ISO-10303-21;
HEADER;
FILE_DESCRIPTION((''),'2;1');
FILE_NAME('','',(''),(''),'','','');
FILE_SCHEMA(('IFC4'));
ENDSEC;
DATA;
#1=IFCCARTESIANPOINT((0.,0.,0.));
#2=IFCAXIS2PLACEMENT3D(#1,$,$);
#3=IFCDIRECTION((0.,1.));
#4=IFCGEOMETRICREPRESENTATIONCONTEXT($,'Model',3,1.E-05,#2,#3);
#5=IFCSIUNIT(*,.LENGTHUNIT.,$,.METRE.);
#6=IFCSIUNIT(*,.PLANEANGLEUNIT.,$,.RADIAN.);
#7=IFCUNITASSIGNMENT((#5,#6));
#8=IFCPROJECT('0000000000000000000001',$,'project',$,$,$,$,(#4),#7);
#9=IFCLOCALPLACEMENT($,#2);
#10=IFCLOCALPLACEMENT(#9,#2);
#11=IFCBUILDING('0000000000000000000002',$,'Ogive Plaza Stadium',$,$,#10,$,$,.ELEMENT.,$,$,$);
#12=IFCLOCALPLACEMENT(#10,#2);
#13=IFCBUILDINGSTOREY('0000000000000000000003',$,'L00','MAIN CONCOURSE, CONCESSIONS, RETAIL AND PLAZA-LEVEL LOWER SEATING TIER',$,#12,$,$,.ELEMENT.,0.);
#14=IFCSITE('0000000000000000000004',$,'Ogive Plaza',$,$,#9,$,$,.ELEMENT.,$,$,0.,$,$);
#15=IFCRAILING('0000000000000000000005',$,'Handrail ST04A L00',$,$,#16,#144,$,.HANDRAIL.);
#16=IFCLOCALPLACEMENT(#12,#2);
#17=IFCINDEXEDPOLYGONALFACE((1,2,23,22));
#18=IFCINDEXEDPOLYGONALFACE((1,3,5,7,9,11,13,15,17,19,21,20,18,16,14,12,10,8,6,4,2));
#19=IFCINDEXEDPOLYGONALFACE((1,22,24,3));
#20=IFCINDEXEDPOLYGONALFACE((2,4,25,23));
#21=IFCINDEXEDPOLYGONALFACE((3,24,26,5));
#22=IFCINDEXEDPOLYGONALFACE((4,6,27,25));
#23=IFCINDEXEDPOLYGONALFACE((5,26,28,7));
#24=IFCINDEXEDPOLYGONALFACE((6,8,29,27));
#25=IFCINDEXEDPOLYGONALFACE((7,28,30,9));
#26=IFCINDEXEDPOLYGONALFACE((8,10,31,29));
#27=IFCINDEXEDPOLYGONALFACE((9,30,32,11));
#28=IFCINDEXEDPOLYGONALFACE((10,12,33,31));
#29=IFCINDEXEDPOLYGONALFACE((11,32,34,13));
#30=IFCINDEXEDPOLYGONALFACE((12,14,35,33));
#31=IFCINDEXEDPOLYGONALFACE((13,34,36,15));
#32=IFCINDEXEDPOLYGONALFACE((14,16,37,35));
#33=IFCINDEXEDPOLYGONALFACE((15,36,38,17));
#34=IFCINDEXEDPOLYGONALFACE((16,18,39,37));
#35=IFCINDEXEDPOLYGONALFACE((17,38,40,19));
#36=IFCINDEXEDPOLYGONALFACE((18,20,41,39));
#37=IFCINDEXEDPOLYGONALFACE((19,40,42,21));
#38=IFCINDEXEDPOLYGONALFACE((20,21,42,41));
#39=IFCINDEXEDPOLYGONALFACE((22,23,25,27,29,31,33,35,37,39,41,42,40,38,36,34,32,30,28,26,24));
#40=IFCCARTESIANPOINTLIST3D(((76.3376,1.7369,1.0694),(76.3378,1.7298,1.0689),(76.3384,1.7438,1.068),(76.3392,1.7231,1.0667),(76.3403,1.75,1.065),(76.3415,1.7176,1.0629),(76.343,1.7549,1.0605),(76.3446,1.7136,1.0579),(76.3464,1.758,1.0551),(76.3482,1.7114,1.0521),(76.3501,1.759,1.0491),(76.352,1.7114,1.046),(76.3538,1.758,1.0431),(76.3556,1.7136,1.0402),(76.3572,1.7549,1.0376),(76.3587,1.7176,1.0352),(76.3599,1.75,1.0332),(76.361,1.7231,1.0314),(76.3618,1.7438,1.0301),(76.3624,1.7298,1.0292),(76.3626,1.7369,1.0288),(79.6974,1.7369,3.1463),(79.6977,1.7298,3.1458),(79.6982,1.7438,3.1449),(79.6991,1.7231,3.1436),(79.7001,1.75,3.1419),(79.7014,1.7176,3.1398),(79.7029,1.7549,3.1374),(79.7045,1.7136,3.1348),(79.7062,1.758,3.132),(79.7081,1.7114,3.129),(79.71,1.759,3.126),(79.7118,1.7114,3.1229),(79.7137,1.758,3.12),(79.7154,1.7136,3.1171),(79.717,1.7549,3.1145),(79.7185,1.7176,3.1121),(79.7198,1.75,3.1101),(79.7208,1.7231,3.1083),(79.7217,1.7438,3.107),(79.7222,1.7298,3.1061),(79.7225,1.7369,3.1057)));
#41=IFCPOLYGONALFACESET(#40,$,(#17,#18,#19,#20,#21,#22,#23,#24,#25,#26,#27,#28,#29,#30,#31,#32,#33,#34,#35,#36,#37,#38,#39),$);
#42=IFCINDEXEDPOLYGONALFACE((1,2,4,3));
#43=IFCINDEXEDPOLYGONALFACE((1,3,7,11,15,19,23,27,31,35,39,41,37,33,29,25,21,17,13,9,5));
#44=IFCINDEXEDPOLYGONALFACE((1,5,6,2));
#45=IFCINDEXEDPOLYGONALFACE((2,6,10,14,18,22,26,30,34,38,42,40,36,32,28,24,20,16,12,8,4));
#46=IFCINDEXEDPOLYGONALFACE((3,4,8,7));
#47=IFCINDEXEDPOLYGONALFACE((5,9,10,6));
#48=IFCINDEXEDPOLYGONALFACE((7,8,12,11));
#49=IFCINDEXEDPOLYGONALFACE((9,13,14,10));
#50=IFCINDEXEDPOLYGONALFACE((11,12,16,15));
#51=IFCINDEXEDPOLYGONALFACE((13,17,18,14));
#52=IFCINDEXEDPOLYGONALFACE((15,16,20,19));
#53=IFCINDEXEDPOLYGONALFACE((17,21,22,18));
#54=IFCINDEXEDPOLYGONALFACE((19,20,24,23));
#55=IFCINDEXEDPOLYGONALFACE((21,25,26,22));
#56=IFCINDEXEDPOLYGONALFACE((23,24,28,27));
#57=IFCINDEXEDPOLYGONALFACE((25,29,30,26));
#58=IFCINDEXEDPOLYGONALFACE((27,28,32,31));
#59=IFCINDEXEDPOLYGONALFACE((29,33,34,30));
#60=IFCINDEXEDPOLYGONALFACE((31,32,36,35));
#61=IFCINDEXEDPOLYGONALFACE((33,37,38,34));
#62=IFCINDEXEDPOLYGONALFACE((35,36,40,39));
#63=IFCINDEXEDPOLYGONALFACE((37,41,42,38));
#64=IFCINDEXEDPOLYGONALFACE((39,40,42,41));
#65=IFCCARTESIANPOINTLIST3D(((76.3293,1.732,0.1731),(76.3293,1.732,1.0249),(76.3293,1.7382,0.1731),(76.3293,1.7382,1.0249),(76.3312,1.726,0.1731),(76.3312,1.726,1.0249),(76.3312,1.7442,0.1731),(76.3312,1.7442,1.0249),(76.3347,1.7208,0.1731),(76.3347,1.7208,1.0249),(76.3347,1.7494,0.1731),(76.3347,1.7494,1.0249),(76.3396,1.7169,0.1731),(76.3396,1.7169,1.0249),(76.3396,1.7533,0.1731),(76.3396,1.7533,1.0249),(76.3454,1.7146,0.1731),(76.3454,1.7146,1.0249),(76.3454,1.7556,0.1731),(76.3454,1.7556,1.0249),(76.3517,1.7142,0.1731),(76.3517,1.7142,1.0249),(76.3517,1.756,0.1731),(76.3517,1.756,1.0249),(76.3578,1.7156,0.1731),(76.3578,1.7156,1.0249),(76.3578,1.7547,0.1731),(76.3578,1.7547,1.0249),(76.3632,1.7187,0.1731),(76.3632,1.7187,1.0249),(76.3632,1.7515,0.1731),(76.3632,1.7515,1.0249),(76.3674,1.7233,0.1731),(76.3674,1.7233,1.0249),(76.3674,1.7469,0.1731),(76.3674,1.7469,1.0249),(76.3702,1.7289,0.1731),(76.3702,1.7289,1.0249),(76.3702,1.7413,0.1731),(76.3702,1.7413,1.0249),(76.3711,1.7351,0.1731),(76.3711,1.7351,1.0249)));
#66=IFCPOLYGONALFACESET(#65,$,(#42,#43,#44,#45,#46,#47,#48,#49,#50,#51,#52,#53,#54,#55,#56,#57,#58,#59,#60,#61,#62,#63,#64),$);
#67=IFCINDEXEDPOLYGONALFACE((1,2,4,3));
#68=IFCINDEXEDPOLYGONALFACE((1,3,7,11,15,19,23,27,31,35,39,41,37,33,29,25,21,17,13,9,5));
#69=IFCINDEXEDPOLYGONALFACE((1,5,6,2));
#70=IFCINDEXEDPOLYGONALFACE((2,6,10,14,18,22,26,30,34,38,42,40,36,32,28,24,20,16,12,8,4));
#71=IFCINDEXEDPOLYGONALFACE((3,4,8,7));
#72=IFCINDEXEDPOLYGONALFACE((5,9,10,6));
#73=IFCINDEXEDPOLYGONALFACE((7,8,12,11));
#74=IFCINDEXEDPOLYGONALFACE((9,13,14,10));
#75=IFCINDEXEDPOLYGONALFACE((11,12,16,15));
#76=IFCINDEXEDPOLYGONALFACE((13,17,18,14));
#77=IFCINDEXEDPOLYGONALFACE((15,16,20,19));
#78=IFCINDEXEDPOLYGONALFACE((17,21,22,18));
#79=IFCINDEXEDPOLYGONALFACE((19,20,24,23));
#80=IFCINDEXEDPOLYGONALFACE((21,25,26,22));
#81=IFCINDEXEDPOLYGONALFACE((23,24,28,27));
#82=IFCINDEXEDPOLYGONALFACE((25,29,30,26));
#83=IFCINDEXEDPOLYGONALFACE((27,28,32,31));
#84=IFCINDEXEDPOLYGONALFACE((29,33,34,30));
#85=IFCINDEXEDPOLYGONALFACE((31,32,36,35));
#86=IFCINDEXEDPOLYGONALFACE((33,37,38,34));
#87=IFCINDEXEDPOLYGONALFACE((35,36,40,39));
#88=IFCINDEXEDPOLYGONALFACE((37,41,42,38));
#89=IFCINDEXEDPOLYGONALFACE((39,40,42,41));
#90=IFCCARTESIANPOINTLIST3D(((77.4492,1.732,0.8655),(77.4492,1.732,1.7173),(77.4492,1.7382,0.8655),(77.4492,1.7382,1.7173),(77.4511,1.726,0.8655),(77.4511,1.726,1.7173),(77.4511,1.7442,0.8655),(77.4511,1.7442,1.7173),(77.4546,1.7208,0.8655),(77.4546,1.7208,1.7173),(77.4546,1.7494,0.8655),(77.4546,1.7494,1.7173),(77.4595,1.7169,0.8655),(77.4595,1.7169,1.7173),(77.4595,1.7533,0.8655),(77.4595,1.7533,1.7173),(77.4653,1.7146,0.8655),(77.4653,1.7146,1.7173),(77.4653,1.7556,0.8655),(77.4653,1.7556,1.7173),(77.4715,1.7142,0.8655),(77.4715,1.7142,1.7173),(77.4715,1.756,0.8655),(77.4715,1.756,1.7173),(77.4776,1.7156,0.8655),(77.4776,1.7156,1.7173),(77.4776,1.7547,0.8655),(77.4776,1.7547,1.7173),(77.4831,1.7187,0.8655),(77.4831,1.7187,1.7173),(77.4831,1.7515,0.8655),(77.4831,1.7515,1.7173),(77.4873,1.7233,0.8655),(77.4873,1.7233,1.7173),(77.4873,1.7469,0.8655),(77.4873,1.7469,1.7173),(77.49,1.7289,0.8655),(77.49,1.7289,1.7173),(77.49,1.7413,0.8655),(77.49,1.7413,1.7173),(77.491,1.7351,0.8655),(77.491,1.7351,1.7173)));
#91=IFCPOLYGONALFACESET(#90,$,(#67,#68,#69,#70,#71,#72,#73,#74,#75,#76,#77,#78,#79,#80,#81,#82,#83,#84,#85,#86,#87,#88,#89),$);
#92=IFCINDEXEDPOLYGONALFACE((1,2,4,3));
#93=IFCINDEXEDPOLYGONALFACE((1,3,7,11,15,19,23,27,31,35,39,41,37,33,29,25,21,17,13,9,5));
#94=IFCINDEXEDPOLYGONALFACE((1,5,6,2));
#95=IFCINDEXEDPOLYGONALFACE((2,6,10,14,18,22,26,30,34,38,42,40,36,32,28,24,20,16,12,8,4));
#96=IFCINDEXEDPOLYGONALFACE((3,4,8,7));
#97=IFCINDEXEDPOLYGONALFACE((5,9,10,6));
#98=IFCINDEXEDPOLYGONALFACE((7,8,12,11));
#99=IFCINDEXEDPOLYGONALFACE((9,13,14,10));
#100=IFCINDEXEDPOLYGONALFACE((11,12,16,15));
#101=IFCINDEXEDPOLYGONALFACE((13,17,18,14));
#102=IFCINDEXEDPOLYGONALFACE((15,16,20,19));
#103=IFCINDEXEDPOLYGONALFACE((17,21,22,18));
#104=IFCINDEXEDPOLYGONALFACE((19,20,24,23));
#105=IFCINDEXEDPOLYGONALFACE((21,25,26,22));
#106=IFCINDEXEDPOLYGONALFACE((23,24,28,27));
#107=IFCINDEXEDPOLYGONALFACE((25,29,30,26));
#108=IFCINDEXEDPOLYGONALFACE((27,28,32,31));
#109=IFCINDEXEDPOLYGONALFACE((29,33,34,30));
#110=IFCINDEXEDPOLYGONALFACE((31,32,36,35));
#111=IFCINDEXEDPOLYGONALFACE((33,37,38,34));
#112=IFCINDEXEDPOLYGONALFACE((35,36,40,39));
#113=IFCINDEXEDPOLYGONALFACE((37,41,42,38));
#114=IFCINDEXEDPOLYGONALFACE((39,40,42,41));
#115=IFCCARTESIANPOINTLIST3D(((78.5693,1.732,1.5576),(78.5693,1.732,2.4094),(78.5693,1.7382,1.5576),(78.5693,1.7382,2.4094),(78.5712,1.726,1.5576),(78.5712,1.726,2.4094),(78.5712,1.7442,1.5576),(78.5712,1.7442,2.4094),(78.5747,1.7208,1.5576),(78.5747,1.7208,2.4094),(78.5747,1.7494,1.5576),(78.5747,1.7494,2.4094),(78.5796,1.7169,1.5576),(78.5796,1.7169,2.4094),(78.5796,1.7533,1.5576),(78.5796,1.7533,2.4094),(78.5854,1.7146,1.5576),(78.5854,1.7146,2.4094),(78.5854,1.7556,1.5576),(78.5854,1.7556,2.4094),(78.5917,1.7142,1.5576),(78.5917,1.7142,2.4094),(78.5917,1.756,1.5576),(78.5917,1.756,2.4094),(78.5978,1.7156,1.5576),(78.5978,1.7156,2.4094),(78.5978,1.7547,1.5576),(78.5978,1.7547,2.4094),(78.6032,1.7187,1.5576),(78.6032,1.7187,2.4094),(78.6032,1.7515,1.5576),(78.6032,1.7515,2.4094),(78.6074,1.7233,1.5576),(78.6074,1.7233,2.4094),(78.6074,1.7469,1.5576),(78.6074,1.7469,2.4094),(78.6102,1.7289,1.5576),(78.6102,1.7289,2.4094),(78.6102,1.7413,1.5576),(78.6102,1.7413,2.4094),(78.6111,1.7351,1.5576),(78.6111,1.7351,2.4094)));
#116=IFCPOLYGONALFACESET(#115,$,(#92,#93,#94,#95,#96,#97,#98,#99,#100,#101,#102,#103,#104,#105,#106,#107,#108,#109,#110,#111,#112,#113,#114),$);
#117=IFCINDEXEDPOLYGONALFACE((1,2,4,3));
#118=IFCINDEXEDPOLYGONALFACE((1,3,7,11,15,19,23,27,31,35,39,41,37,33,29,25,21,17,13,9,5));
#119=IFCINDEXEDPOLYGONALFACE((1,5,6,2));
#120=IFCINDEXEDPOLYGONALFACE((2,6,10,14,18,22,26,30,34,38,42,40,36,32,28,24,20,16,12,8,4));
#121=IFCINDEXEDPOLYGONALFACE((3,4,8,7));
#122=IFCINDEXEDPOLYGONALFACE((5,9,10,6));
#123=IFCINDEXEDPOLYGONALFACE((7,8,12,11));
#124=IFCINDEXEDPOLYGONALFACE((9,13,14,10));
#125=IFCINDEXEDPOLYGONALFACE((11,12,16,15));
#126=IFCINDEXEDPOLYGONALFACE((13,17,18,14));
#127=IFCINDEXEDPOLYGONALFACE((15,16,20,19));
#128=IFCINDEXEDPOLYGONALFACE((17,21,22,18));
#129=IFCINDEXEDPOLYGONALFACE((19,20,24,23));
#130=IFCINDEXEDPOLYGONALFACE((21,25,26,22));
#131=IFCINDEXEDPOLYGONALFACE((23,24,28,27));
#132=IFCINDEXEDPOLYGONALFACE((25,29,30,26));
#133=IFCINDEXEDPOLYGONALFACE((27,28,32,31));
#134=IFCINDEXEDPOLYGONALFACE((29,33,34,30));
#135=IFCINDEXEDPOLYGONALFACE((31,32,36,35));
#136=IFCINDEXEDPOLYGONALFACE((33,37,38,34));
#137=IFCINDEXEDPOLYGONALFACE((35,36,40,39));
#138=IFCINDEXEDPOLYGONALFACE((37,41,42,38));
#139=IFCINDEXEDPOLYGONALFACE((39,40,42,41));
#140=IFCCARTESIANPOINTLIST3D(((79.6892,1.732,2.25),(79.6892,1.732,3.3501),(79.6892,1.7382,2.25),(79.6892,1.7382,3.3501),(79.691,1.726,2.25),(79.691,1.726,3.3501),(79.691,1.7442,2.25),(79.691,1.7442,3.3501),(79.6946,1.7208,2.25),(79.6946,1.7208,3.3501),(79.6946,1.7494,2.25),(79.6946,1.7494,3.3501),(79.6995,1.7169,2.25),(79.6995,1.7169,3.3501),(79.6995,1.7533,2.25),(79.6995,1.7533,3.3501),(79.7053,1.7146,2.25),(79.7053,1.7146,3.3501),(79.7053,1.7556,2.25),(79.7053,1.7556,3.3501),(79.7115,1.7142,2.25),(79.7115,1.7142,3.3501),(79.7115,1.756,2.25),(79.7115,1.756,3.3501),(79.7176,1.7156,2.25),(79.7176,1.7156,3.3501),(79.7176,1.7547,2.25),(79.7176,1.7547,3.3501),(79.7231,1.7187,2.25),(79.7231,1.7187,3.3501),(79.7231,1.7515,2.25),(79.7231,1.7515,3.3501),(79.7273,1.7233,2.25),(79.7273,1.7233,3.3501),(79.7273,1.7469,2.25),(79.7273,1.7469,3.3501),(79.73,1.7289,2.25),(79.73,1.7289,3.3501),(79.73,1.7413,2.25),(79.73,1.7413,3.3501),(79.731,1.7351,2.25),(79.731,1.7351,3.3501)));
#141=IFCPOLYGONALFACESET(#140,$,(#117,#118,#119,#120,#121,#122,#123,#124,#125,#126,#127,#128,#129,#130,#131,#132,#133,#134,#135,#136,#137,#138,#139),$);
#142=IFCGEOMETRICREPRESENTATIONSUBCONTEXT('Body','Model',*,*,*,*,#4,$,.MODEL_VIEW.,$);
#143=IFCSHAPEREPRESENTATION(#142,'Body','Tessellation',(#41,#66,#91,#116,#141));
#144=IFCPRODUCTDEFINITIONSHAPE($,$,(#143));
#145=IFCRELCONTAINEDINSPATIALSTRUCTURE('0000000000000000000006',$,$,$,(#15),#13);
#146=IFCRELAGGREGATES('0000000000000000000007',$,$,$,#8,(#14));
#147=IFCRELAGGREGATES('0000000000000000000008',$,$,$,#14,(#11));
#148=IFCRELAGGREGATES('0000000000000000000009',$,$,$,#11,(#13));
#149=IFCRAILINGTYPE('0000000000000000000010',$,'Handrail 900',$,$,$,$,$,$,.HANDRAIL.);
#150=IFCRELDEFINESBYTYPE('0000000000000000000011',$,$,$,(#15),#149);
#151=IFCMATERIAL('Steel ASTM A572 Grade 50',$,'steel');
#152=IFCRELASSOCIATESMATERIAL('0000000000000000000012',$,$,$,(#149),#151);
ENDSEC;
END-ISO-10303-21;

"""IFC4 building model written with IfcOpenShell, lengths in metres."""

from ifc_helpers import new_model, si_unit, direction, frame, origin, origin_2d, place, context, subcontext, project, spatial, circle, extrude, material, type_object, element, save


model = new_model("IFC4")

# Units and contexts
model_context = context("Model", 3, precision=1e-05, world=origin(), true_north=direction((0.0, 1.0)))
body_context = subcontext(model_context, "Body", "Model", "MODEL_VIEW")
ifc_project = project(units=[si_unit("LENGTHUNIT", "METRE"), si_unit("PLANEANGLEUNIT", "RADIAN")], contexts=[model_context])

# Site, building, storey
site_placement = place(None, origin())
site = spatial("IfcSite", under=ifc_project, at=site_placement, Name="Ogive Plaza", CompositionType="ELEMENT", RefElevation=0.0)
building_placement = place(site_placement, origin())
building = spatial("IfcBuilding", under=site, at=building_placement, Name="Ogive Plaza Stadium", CompositionType="ELEMENT")
storey_placement = place(building_placement, origin())
storey = spatial("IfcBuildingStorey", under=building, at=storey_placement, Name="L00", Description="MAIN CONCOURSE, CONCESSIONS, RETAIL AND PLAZA-LEVEL LOWER SEATING TIER", CompositionType="ELEMENT", Elevation=0.0)

# Railing
ifc_material_1 = material(Name="Steel ASTM A572 Grade 50", Category="steel")
railing_type_1 = type_object("IfcRailingType", Name="Handrail 900", PredefinedType="HANDRAIL", material=ifc_material_1)
for number, where, name in (
    (1, (76.3501, 1.7351, 0.1731), "Handrail ST04A L00"),
):
    element("IfcRailing", number, at=place(storey_placement, frame(where)), inside=storey, type_object=railing_type_1, Name=name, PredefinedType="HANDRAIL", context=body_context, shape_type="SweptSolid", body=[
        extrude(circle(Radius=0.0239, at=origin_2d()), frame((0.0, 0.0, 0.876), z_axis=(0.850606, 0.0, 0.525803), x_axis=(0.0, 1.0, 0.0)), (0.0, 0.0, 1.0), 3.95),
        extrude(circle(Radius=0.021, at=origin_2d()), origin(), (0.0, 0.0, 1.0), 0.8518),
        extrude(circle(Radius=0.021, at=origin_2d()), frame((1.1199, 0.0, 0.6924)), (0.0, 0.0, 1.0), 0.8518),
        extrude(circle(Radius=0.021, at=origin_2d()), frame((2.24, 0.0, 1.3845)), (0.0, 0.0, 1.0), 0.8518),
        extrude(circle(Radius=0.021, at=origin_2d()), frame((3.3599, 0.0, 2.0769)), (0.0, 0.0, 1.0), 1.1001),
    ])

save(model, "model.ifc")
